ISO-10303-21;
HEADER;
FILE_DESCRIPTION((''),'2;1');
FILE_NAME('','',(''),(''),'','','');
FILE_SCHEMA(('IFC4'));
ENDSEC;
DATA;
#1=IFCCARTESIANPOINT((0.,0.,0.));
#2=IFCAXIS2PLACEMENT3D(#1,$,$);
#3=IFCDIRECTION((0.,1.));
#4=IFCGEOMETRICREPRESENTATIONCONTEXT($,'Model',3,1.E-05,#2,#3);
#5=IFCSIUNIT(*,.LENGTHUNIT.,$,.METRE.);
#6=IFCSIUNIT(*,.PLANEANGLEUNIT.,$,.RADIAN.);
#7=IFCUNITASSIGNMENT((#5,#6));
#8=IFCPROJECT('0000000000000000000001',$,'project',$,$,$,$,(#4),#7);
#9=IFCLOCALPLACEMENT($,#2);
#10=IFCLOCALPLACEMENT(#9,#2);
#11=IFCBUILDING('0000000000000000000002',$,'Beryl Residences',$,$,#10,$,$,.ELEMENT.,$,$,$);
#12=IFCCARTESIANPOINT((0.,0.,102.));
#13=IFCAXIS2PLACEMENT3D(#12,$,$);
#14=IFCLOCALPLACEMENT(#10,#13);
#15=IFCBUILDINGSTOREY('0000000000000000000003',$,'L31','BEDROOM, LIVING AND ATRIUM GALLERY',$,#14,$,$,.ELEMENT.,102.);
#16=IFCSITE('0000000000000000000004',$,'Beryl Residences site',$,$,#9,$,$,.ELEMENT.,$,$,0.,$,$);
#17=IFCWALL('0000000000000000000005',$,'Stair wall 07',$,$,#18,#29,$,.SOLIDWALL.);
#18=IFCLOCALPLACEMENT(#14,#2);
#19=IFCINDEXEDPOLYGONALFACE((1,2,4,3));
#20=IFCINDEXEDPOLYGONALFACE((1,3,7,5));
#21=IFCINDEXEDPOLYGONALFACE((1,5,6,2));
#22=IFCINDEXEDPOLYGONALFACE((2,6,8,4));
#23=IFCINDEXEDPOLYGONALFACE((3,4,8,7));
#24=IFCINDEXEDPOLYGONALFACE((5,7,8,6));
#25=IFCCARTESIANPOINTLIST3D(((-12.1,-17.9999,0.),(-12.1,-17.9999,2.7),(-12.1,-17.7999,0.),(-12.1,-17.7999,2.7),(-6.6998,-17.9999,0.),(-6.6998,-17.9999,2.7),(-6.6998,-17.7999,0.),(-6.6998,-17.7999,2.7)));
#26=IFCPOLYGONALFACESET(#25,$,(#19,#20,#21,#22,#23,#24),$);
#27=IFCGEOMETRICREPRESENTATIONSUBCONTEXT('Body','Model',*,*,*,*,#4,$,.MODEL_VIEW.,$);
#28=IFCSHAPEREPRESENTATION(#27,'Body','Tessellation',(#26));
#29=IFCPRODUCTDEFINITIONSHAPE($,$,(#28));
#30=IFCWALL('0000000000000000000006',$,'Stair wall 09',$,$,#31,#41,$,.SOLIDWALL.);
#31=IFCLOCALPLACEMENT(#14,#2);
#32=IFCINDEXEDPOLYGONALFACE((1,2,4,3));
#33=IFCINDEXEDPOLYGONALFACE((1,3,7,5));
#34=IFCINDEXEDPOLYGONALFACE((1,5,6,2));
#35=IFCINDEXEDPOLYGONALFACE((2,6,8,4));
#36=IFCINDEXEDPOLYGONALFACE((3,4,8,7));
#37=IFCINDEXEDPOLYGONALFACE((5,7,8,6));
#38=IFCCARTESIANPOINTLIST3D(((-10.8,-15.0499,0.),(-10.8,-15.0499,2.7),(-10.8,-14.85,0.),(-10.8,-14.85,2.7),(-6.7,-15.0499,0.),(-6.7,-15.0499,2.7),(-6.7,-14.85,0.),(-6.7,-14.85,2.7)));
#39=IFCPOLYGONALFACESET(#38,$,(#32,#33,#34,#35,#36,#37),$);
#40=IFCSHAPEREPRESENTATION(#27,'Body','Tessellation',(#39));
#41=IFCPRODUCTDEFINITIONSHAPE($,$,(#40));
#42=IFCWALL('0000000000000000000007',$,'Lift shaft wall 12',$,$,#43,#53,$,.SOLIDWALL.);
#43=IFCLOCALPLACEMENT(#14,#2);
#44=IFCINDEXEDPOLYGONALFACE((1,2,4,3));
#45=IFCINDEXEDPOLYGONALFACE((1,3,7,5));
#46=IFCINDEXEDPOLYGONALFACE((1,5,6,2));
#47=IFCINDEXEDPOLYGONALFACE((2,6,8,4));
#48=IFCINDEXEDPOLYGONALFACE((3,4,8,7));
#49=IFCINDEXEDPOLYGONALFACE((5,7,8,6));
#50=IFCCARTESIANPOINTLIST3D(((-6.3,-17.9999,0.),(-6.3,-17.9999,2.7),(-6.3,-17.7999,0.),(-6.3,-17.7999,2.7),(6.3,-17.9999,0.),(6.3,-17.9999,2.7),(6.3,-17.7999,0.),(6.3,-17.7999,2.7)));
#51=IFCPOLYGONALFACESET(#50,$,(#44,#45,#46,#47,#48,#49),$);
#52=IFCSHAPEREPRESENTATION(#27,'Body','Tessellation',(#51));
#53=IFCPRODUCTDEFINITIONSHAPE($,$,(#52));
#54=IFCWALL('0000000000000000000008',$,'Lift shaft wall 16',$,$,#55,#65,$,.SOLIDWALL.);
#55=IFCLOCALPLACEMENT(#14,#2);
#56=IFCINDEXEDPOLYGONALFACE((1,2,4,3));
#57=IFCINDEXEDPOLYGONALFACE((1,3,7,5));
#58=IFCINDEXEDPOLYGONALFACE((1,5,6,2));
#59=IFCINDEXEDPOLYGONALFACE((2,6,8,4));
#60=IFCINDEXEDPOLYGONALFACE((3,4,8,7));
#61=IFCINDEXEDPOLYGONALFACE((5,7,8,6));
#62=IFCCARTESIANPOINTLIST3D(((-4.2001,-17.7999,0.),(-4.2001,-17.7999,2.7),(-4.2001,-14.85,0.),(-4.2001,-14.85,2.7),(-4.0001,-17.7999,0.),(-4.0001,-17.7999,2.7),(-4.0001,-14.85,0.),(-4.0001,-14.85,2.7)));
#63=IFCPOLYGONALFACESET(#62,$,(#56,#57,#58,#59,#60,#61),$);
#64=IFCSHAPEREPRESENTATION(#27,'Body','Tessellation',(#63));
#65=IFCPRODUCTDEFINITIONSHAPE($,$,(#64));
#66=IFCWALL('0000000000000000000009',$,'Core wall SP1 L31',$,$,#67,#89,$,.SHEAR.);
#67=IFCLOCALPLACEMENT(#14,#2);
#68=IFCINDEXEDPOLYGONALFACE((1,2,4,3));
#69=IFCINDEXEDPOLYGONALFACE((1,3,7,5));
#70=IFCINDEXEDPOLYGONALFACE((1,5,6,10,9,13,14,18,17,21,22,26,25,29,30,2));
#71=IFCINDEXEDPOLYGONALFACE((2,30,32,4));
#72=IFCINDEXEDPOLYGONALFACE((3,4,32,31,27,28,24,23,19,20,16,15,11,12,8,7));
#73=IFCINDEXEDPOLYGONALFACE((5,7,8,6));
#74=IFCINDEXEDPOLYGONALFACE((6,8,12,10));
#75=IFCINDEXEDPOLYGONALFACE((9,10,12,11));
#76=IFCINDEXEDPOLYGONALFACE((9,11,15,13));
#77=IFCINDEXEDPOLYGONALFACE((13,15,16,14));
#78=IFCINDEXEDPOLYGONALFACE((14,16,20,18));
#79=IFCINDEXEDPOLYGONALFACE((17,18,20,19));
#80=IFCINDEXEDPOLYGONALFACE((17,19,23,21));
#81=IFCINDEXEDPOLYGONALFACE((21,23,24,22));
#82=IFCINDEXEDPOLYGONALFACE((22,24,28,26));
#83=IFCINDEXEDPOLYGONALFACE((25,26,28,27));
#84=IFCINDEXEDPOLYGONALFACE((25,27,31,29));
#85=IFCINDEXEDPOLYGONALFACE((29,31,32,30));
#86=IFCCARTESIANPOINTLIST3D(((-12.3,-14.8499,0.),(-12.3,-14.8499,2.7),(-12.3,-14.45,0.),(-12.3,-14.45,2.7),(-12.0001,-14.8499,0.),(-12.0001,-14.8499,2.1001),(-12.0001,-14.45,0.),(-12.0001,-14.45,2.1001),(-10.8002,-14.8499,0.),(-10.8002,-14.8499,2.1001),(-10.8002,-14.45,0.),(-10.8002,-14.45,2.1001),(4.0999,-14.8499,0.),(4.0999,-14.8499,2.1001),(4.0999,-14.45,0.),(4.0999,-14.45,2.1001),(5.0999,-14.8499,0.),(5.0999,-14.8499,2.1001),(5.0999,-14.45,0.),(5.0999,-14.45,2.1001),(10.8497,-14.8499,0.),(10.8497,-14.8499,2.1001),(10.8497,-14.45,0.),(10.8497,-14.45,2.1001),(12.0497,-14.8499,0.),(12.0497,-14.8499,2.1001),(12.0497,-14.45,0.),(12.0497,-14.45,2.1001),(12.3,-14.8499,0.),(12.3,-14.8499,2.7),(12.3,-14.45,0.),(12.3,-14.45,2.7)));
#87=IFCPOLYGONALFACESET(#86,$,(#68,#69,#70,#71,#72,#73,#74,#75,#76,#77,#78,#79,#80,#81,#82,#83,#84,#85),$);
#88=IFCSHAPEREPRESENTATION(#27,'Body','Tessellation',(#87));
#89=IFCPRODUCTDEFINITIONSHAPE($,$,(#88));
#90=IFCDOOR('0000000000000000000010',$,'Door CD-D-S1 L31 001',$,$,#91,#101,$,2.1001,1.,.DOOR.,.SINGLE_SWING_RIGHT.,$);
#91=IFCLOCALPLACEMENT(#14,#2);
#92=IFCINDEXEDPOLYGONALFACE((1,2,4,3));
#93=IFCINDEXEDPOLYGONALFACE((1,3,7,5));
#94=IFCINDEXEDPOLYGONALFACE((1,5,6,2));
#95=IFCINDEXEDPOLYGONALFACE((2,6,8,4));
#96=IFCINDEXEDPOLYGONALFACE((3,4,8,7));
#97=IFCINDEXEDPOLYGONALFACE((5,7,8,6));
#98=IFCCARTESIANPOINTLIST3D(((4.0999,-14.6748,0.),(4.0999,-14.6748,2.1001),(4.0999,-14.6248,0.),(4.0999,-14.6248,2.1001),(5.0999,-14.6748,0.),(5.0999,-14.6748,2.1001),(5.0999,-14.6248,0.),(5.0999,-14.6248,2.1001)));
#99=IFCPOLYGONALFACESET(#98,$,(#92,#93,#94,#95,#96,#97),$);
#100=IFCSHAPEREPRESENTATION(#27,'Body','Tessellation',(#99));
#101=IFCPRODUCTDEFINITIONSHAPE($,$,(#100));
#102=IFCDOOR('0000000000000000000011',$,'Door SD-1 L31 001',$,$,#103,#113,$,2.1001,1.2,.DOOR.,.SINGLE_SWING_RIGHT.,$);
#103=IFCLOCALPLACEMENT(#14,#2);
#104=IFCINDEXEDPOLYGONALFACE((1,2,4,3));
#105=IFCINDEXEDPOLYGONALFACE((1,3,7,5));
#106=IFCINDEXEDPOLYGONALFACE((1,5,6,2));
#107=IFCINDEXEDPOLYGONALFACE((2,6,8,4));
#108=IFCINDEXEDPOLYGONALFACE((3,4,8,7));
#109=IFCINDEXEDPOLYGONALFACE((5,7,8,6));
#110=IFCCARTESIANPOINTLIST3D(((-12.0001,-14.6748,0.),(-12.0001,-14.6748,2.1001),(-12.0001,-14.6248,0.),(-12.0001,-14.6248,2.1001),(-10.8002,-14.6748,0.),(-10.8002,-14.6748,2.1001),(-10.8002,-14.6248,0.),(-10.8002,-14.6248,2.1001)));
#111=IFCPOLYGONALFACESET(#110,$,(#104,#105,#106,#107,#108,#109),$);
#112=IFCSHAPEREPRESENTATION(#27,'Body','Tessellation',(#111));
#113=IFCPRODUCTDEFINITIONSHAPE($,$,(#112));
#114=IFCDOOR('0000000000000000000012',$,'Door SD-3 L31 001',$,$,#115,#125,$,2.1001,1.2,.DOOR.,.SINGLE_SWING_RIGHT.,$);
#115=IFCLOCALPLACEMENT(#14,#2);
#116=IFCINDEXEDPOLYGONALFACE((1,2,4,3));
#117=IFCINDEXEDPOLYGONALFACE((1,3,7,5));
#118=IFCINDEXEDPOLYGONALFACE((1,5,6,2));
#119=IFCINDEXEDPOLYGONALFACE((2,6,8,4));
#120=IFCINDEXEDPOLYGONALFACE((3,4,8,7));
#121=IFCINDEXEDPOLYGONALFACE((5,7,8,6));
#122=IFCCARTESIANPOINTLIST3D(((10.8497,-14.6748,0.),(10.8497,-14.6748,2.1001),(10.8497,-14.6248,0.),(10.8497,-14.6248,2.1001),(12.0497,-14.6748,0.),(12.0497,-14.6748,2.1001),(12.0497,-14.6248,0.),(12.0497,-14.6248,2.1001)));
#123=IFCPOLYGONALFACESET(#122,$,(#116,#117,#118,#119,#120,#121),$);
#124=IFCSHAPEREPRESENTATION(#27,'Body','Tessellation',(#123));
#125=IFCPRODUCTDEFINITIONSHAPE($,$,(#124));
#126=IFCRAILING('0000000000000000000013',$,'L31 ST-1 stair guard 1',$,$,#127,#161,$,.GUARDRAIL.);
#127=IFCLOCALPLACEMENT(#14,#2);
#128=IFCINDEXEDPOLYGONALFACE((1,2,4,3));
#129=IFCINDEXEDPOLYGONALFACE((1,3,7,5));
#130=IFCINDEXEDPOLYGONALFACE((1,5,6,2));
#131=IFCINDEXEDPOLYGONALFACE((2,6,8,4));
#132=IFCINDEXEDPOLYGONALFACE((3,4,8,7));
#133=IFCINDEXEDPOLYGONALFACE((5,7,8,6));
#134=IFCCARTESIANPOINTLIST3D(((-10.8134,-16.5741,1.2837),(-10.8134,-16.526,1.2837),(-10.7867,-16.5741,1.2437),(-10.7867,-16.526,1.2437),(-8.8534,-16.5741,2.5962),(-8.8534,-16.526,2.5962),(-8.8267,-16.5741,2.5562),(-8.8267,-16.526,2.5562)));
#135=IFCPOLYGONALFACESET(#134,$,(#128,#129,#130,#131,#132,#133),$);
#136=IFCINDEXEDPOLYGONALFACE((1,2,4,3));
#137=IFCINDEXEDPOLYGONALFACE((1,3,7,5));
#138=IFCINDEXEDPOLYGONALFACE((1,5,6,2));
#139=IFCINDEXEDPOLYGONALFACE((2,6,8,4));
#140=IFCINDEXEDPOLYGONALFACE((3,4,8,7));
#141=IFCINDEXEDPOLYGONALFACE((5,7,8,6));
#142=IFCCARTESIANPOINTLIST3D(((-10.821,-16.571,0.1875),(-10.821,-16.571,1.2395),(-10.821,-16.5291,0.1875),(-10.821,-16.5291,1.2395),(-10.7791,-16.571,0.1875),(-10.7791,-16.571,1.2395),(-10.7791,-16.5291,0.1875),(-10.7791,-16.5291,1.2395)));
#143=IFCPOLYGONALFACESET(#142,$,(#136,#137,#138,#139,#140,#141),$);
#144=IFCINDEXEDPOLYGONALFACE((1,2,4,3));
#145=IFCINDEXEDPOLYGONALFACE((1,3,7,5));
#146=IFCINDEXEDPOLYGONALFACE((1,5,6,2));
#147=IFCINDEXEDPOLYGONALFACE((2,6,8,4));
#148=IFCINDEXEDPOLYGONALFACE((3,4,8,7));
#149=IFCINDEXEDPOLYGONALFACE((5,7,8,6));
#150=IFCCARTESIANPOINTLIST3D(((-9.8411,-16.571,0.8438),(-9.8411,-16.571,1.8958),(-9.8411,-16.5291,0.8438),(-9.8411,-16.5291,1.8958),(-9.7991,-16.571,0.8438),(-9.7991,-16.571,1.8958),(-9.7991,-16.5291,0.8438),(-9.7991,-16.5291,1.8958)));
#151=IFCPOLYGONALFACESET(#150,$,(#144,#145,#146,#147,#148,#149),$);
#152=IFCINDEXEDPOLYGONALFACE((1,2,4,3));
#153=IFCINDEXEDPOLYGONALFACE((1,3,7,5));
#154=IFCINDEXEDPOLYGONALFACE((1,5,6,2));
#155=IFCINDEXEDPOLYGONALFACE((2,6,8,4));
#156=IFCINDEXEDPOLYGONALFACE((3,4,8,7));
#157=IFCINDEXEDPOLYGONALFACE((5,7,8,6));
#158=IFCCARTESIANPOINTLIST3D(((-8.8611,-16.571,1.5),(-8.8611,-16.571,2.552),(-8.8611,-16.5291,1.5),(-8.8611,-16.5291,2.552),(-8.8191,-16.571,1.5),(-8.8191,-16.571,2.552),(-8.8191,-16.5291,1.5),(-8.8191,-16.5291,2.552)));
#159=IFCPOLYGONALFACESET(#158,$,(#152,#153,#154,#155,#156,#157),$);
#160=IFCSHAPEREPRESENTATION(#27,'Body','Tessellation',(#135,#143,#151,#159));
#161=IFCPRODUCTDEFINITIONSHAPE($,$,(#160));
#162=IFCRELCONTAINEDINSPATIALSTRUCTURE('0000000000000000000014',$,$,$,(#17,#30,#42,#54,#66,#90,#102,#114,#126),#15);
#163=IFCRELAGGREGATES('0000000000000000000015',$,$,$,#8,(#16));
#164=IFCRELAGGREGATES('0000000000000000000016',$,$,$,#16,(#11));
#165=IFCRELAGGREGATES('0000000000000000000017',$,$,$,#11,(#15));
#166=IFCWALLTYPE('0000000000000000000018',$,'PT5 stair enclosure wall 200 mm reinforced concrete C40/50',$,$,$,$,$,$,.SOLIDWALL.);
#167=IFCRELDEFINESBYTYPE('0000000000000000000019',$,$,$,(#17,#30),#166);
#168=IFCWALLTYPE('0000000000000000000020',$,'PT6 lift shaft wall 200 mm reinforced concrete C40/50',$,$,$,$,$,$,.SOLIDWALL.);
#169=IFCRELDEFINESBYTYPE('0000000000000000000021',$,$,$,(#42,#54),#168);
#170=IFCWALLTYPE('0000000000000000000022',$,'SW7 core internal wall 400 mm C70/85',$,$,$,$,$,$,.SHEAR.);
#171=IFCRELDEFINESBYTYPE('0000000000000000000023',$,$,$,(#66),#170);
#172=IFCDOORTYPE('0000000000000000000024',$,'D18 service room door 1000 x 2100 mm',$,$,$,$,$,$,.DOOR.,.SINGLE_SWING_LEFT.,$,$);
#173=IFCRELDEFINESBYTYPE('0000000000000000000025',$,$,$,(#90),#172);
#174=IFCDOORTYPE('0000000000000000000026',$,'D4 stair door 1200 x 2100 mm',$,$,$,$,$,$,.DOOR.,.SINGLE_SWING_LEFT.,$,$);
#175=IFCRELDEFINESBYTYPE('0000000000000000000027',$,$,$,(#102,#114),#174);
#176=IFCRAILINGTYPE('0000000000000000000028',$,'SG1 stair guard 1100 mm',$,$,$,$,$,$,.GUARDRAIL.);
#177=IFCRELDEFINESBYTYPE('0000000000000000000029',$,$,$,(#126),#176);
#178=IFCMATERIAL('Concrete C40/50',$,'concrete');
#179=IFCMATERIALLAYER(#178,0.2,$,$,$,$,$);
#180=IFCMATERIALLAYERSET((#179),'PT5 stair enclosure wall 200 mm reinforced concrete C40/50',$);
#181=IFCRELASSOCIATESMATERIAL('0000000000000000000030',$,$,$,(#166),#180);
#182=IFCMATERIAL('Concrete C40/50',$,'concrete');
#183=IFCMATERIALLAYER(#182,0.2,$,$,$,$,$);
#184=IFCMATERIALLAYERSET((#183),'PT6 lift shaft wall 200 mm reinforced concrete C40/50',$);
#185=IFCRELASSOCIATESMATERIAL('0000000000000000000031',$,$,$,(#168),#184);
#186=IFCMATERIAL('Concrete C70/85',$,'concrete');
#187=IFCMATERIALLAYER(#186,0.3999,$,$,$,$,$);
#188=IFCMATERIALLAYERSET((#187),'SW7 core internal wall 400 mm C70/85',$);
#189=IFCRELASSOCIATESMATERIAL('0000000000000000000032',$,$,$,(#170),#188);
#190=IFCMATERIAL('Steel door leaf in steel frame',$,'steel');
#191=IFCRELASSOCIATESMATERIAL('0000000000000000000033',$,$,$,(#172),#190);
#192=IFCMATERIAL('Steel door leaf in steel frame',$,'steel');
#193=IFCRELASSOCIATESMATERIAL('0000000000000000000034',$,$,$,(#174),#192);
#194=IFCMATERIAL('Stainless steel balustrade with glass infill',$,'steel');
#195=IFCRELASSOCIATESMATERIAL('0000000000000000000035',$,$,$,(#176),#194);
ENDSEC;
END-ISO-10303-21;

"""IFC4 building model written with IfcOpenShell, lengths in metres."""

from ifc_helpers import new_model, si_unit, direction, frame, frame_2d, origin, origin_2d, place, context, subcontext, project, spatial, rectangle, extrude, material, layer, layer_set, type_object, element, fill, save


model = new_model("IFC4")

# Units and contexts
model_context = context("Model", 3, precision=1e-05, world=origin(), true_north=direction((0.0, 1.0)))
body_context = subcontext(model_context, "Body", "Model", "MODEL_VIEW")
ifc_project = project(units=[si_unit("LENGTHUNIT", "METRE"), si_unit("PLANEANGLEUNIT", "RADIAN")], contexts=[model_context])

# Site, building, storey
site_placement = place(None, origin())
site = spatial("IfcSite", under=ifc_project, at=site_placement, Name="Beryl Residences site", CompositionType="ELEMENT", RefElevation=0.0)
building_placement = place(site_placement, origin())
building = spatial("IfcBuilding", under=site, at=building_placement, Name="Beryl Residences", CompositionType="ELEMENT")
storey_placement = place(building_placement, frame((0.0, 0.0, 102.0)))
storey = spatial("IfcBuildingStorey", under=building, at=storey_placement, Name="L31", Description="BEDROOM, LIVING AND ATRIUM GALLERY", CompositionType="ELEMENT", Elevation=102.0)

# Walls
ifc_material_1 = material(Name="Concrete C40/50", Category="concrete")
ifc_layer_1 = layer(ifc_material_1, 0.2)
ifc_layer_set_1 = layer_set([ifc_layer_1], Name="PT5 stair enclosure wall 200 mm reinforced concrete C40/50")
wall_type_1 = type_object("IfcWallType", Name="PT5 stair enclosure wall 200 mm reinforced concrete C40/50", PredefinedType="SOLIDWALL", material=ifc_layer_set_1)
wall_1_placement = place(storey_placement, frame((-12.1001, -17.8999, 0.0), z_axis=(0.0, 0.0, 1.0), x_axis=(1.0, 0.0, 0.0)))
element("IfcWall", 1, at=wall_1_placement, inside=storey, type_object=wall_type_1, Name="Stair wall 07", PredefinedType="SOLIDWALL", context=body_context, shape_type="SweptSolid", body=[
    extrude(rectangle(XDim=5.4001, YDim=0.2, at=frame_2d((2.7002, 0.0))), origin(), (0.0, 0.0, 1.0), 2.7),
])
wall_2_placement = place(storey_placement, frame((-10.8, -14.95, 0.0), z_axis=(0.0, 0.0, 1.0), x_axis=(1.0, 0.0, 0.0)))
element("IfcWall", 2, at=wall_2_placement, inside=storey, type_object=wall_type_1, Name="Stair wall 09", PredefinedType="SOLIDWALL", context=body_context, shape_type="SweptSolid", body=[
    extrude(rectangle(XDim=4.1001, YDim=0.2, at=frame_2d((2.05, 0.0))), origin(), (0.0, 0.0, 1.0), 2.7),
])
ifc_material_2 = material(Name="Concrete C40/50", Category="concrete")
ifc_layer_2 = layer(ifc_material_2, 0.2)
ifc_layer_set_2 = layer_set([ifc_layer_2], Name="PT6 lift shaft wall 200 mm reinforced concrete C40/50")
wall_type_2 = type_object("IfcWallType", Name="PT6 lift shaft wall 200 mm reinforced concrete C40/50", PredefinedType="SOLIDWALL", material=ifc_layer_set_2)
wall_3_placement = place(storey_placement, frame((-6.3, -17.8999, 0.0), z_axis=(0.0, 0.0, 1.0), x_axis=(1.0, 0.0, 0.0)))
element("IfcWall", 3, at=wall_3_placement, inside=storey, type_object=wall_type_2, Name="Lift shaft wall 12", PredefinedType="SOLIDWALL", context=body_context, shape_type="SweptSolid", body=[
    extrude(rectangle(XDim=12.6001, YDim=0.2, at=frame_2d((6.3, 0.0))), origin(), (0.0, 0.0, 1.0), 2.7),
])
wall_4_placement = place(storey_placement, frame((-4.1001, -17.8, 0.0), z_axis=(0.0, 0.0, 1.0), x_axis=(0.0, 1.0, 0.0)))
element("IfcWall", 4, at=wall_4_placement, inside=storey, type_object=wall_type_2, Name="Lift shaft wall 16", PredefinedType="SOLIDWALL", context=body_context, shape_type="SweptSolid", body=[
    extrude(rectangle(XDim=2.95, YDim=0.2, at=frame_2d((1.4751, 0.0))), origin(), (0.0, 0.0, 1.0), 2.7),
])

# Wall, openings, doors
ifc_material_3 = material(Name="Concrete C70/85", Category="concrete")
ifc_layer_3 = layer(ifc_material_3, 0.3999)
ifc_layer_set_3 = layer_set([ifc_layer_3], Name="SW7 core internal wall 400 mm C70/85")
wall_type_3 = type_object("IfcWallType", Name="SW7 core internal wall 400 mm C70/85", PredefinedType="SHEAR", material=ifc_layer_set_3)
wall_5_placement = place(storey_placement, frame((-12.3, -14.6499, 0.0), z_axis=(0.0, 0.0, 1.0), x_axis=(1.0, 0.0, 0.0)))
wall_5 = element("IfcWall", 5, at=wall_5_placement, inside=storey, type_object=wall_type_3, Name="Core wall SP1 L31", PredefinedType="SHEAR", context=body_context, shape_type="SweptSolid", body=[
    extrude(rectangle(XDim=24.6001, YDim=0.3999, at=frame_2d((12.3, 0.0))), origin(), (0.0, 0.0, 1.0), 2.7),
])
opening_1_placement = place(wall_5_placement, frame((1.5, 0.0, 0.0), z_axis=(0.0, 0.0, 1.0), x_axis=(-1.0, 0.0, 0.0)))
opening_1 = element("IfcOpeningElement", 6, at=opening_1_placement, cuts=wall_5, PredefinedType="OPENING", context=body_context, shape_type="SweptSolid", body=[
    extrude(rectangle(XDim=1.2, YDim=2.1001, at=frame_2d((0.6001, 1.05))), frame((0.0, 0.21, 0.0), z_axis=(0.0, -1.0, 0.0), x_axis=(1.0, 0.0, 0.0)), (0.0, 0.0, 1.0), 0.4199),
])
opening_2_placement = place(wall_5_placement, frame((24.3499, 0.0, 0.0), z_axis=(0.0, 0.0, 1.0), x_axis=(-1.0, 0.0, 0.0)))
opening_2 = element("IfcOpeningElement", 7, at=opening_2_placement, cuts=wall_5, PredefinedType="OPENING", context=body_context, shape_type="SweptSolid", body=[
    extrude(rectangle(XDim=1.2, YDim=2.1001, at=frame_2d((0.6001, 1.05))), frame((0.0, 0.21, 0.0), z_axis=(0.0, -1.0, 0.0), x_axis=(1.0, 0.0, 0.0)), (0.0, 0.0, 1.0), 0.4199),
])
opening_3_placement = place(wall_5_placement, frame((17.3999, 0.0, 0.0), z_axis=(0.0, 0.0, 1.0), x_axis=(-1.0, 0.0, 0.0)))
opening_3 = element("IfcOpeningElement", 8, at=opening_3_placement, cuts=wall_5, PredefinedType="OPENING", context=body_context, shape_type="SweptSolid", body=[
    extrude(rectangle(XDim=1.0, YDim=2.1001, at=frame_2d((0.5, 1.05))), frame((0.0, 0.21, 0.0), z_axis=(0.0, -1.0, 0.0), x_axis=(1.0, 0.0, 0.0)), (0.0, 0.0, 1.0), 0.4199),
])
ifc_material_4 = material(Name="Steel door leaf in steel frame", Category="steel")
door_type_1 = type_object("IfcDoorType", Name="D18 service room door 1000 x 2100 mm", OperationType="SINGLE_SWING_LEFT", PredefinedType="DOOR", material=ifc_material_4)
door_1_placement = place(opening_3_placement, origin())
door_1 = element("IfcDoor", 9, at=door_1_placement, inside=storey, type_object=door_type_1, Name="Door CD-D-S1 L31 001", OperationType="SINGLE_SWING_RIGHT", OverallHeight=2.1001, OverallWidth=1.0, PredefinedType="DOOR", context=body_context, shape_type="SweptSolid", body=[
    extrude(rectangle(XDim=1.0, YDim=2.1001, at=frame_2d((0.5, 1.05))), frame((0.0, 0.0249, 0.0), z_axis=(0.0, -1.0, 0.0), x_axis=(1.0, 0.0, 0.0)), (0.0, 0.0, 1.0), 0.05),
])
fill(opening_3, door_1)
ifc_material_5 = material(Name="Steel door leaf in steel frame", Category="steel")
door_type_2 = type_object("IfcDoorType", Name="D4 stair door 1200 x 2100 mm", OperationType="SINGLE_SWING_LEFT", PredefinedType="DOOR", material=ifc_material_5)
door_2_placement = place(opening_1_placement, origin())
door_2 = element("IfcDoor", 10, at=door_2_placement, inside=storey, type_object=door_type_2, Name="Door SD-1 L31 001", OperationType="SINGLE_SWING_RIGHT", OverallHeight=2.1001, OverallWidth=1.2, PredefinedType="DOOR", context=body_context, shape_type="SweptSolid", body=[
    extrude(rectangle(XDim=1.2, YDim=2.1001, at=frame_2d((0.6001, 1.05))), frame((0.0, 0.0249, 0.0), z_axis=(0.0, -1.0, 0.0), x_axis=(1.0, 0.0, 0.0)), (0.0, 0.0, 1.0), 0.05),
])
fill(opening_1, door_2)
door_3_placement = place(opening_2_placement, origin())
door_3 = element("IfcDoor", 11, at=door_3_placement, inside=storey, type_object=door_type_2, Name="Door SD-3 L31 001", OperationType="SINGLE_SWING_RIGHT", OverallHeight=2.1001, OverallWidth=1.2, PredefinedType="DOOR", context=body_context, shape_type="SweptSolid", body=[
    extrude(rectangle(XDim=1.2, YDim=2.1001, at=frame_2d((0.6001, 1.05))), frame((0.0, 0.0249, 0.0), z_axis=(0.0, -1.0, 0.0), x_axis=(1.0, 0.0, 0.0)), (0.0, 0.0, 1.0), 0.05),
])
fill(opening_2, door_3)

# Railing
ifc_material_6 = material(Name="Stainless steel balustrade with glass infill", Category="steel")
railing_type_1 = type_object("IfcRailingType", Name="SG1 stair guard 1100 mm", PredefinedType="GUARDRAIL", material=ifc_material_6)
railing_1_placement = place(storey_placement, frame((-10.8, -16.55, 0.1875)))
element("IfcRailing", 12, at=railing_1_placement, inside=storey, type_object=railing_type_1, Name="L31 ST-1 stair guard 1", PredefinedType="GUARDRAIL", context=body_context, shape_type="SweptSolid", body=[
    extrude(rectangle(XDim=0.0481, YDim=0.0481, at=origin_2d()), frame((0.0, 0.0, 1.0762), z_axis=(0.830902, 0.0, 0.556419), x_axis=(0.0, 1.0, 0.0)), (0.0, 0.0, 1.0), 2.3589),
    extrude(rectangle(XDim=0.042, YDim=0.042, at=origin_2d()), origin(), (0.0, 0.0, 1.0), 1.052),
    extrude(rectangle(XDim=0.042, YDim=0.042, at=origin_2d()), frame((0.98, 0.0, 0.6562)), (0.0, 0.0, 1.0), 1.052),
    extrude(rectangle(XDim=0.042, YDim=0.042, at=origin_2d()), frame((1.96, 0.0, 1.3125)), (0.0, 0.0, 1.0), 1.052),
])

save(model, "model.ifc")
